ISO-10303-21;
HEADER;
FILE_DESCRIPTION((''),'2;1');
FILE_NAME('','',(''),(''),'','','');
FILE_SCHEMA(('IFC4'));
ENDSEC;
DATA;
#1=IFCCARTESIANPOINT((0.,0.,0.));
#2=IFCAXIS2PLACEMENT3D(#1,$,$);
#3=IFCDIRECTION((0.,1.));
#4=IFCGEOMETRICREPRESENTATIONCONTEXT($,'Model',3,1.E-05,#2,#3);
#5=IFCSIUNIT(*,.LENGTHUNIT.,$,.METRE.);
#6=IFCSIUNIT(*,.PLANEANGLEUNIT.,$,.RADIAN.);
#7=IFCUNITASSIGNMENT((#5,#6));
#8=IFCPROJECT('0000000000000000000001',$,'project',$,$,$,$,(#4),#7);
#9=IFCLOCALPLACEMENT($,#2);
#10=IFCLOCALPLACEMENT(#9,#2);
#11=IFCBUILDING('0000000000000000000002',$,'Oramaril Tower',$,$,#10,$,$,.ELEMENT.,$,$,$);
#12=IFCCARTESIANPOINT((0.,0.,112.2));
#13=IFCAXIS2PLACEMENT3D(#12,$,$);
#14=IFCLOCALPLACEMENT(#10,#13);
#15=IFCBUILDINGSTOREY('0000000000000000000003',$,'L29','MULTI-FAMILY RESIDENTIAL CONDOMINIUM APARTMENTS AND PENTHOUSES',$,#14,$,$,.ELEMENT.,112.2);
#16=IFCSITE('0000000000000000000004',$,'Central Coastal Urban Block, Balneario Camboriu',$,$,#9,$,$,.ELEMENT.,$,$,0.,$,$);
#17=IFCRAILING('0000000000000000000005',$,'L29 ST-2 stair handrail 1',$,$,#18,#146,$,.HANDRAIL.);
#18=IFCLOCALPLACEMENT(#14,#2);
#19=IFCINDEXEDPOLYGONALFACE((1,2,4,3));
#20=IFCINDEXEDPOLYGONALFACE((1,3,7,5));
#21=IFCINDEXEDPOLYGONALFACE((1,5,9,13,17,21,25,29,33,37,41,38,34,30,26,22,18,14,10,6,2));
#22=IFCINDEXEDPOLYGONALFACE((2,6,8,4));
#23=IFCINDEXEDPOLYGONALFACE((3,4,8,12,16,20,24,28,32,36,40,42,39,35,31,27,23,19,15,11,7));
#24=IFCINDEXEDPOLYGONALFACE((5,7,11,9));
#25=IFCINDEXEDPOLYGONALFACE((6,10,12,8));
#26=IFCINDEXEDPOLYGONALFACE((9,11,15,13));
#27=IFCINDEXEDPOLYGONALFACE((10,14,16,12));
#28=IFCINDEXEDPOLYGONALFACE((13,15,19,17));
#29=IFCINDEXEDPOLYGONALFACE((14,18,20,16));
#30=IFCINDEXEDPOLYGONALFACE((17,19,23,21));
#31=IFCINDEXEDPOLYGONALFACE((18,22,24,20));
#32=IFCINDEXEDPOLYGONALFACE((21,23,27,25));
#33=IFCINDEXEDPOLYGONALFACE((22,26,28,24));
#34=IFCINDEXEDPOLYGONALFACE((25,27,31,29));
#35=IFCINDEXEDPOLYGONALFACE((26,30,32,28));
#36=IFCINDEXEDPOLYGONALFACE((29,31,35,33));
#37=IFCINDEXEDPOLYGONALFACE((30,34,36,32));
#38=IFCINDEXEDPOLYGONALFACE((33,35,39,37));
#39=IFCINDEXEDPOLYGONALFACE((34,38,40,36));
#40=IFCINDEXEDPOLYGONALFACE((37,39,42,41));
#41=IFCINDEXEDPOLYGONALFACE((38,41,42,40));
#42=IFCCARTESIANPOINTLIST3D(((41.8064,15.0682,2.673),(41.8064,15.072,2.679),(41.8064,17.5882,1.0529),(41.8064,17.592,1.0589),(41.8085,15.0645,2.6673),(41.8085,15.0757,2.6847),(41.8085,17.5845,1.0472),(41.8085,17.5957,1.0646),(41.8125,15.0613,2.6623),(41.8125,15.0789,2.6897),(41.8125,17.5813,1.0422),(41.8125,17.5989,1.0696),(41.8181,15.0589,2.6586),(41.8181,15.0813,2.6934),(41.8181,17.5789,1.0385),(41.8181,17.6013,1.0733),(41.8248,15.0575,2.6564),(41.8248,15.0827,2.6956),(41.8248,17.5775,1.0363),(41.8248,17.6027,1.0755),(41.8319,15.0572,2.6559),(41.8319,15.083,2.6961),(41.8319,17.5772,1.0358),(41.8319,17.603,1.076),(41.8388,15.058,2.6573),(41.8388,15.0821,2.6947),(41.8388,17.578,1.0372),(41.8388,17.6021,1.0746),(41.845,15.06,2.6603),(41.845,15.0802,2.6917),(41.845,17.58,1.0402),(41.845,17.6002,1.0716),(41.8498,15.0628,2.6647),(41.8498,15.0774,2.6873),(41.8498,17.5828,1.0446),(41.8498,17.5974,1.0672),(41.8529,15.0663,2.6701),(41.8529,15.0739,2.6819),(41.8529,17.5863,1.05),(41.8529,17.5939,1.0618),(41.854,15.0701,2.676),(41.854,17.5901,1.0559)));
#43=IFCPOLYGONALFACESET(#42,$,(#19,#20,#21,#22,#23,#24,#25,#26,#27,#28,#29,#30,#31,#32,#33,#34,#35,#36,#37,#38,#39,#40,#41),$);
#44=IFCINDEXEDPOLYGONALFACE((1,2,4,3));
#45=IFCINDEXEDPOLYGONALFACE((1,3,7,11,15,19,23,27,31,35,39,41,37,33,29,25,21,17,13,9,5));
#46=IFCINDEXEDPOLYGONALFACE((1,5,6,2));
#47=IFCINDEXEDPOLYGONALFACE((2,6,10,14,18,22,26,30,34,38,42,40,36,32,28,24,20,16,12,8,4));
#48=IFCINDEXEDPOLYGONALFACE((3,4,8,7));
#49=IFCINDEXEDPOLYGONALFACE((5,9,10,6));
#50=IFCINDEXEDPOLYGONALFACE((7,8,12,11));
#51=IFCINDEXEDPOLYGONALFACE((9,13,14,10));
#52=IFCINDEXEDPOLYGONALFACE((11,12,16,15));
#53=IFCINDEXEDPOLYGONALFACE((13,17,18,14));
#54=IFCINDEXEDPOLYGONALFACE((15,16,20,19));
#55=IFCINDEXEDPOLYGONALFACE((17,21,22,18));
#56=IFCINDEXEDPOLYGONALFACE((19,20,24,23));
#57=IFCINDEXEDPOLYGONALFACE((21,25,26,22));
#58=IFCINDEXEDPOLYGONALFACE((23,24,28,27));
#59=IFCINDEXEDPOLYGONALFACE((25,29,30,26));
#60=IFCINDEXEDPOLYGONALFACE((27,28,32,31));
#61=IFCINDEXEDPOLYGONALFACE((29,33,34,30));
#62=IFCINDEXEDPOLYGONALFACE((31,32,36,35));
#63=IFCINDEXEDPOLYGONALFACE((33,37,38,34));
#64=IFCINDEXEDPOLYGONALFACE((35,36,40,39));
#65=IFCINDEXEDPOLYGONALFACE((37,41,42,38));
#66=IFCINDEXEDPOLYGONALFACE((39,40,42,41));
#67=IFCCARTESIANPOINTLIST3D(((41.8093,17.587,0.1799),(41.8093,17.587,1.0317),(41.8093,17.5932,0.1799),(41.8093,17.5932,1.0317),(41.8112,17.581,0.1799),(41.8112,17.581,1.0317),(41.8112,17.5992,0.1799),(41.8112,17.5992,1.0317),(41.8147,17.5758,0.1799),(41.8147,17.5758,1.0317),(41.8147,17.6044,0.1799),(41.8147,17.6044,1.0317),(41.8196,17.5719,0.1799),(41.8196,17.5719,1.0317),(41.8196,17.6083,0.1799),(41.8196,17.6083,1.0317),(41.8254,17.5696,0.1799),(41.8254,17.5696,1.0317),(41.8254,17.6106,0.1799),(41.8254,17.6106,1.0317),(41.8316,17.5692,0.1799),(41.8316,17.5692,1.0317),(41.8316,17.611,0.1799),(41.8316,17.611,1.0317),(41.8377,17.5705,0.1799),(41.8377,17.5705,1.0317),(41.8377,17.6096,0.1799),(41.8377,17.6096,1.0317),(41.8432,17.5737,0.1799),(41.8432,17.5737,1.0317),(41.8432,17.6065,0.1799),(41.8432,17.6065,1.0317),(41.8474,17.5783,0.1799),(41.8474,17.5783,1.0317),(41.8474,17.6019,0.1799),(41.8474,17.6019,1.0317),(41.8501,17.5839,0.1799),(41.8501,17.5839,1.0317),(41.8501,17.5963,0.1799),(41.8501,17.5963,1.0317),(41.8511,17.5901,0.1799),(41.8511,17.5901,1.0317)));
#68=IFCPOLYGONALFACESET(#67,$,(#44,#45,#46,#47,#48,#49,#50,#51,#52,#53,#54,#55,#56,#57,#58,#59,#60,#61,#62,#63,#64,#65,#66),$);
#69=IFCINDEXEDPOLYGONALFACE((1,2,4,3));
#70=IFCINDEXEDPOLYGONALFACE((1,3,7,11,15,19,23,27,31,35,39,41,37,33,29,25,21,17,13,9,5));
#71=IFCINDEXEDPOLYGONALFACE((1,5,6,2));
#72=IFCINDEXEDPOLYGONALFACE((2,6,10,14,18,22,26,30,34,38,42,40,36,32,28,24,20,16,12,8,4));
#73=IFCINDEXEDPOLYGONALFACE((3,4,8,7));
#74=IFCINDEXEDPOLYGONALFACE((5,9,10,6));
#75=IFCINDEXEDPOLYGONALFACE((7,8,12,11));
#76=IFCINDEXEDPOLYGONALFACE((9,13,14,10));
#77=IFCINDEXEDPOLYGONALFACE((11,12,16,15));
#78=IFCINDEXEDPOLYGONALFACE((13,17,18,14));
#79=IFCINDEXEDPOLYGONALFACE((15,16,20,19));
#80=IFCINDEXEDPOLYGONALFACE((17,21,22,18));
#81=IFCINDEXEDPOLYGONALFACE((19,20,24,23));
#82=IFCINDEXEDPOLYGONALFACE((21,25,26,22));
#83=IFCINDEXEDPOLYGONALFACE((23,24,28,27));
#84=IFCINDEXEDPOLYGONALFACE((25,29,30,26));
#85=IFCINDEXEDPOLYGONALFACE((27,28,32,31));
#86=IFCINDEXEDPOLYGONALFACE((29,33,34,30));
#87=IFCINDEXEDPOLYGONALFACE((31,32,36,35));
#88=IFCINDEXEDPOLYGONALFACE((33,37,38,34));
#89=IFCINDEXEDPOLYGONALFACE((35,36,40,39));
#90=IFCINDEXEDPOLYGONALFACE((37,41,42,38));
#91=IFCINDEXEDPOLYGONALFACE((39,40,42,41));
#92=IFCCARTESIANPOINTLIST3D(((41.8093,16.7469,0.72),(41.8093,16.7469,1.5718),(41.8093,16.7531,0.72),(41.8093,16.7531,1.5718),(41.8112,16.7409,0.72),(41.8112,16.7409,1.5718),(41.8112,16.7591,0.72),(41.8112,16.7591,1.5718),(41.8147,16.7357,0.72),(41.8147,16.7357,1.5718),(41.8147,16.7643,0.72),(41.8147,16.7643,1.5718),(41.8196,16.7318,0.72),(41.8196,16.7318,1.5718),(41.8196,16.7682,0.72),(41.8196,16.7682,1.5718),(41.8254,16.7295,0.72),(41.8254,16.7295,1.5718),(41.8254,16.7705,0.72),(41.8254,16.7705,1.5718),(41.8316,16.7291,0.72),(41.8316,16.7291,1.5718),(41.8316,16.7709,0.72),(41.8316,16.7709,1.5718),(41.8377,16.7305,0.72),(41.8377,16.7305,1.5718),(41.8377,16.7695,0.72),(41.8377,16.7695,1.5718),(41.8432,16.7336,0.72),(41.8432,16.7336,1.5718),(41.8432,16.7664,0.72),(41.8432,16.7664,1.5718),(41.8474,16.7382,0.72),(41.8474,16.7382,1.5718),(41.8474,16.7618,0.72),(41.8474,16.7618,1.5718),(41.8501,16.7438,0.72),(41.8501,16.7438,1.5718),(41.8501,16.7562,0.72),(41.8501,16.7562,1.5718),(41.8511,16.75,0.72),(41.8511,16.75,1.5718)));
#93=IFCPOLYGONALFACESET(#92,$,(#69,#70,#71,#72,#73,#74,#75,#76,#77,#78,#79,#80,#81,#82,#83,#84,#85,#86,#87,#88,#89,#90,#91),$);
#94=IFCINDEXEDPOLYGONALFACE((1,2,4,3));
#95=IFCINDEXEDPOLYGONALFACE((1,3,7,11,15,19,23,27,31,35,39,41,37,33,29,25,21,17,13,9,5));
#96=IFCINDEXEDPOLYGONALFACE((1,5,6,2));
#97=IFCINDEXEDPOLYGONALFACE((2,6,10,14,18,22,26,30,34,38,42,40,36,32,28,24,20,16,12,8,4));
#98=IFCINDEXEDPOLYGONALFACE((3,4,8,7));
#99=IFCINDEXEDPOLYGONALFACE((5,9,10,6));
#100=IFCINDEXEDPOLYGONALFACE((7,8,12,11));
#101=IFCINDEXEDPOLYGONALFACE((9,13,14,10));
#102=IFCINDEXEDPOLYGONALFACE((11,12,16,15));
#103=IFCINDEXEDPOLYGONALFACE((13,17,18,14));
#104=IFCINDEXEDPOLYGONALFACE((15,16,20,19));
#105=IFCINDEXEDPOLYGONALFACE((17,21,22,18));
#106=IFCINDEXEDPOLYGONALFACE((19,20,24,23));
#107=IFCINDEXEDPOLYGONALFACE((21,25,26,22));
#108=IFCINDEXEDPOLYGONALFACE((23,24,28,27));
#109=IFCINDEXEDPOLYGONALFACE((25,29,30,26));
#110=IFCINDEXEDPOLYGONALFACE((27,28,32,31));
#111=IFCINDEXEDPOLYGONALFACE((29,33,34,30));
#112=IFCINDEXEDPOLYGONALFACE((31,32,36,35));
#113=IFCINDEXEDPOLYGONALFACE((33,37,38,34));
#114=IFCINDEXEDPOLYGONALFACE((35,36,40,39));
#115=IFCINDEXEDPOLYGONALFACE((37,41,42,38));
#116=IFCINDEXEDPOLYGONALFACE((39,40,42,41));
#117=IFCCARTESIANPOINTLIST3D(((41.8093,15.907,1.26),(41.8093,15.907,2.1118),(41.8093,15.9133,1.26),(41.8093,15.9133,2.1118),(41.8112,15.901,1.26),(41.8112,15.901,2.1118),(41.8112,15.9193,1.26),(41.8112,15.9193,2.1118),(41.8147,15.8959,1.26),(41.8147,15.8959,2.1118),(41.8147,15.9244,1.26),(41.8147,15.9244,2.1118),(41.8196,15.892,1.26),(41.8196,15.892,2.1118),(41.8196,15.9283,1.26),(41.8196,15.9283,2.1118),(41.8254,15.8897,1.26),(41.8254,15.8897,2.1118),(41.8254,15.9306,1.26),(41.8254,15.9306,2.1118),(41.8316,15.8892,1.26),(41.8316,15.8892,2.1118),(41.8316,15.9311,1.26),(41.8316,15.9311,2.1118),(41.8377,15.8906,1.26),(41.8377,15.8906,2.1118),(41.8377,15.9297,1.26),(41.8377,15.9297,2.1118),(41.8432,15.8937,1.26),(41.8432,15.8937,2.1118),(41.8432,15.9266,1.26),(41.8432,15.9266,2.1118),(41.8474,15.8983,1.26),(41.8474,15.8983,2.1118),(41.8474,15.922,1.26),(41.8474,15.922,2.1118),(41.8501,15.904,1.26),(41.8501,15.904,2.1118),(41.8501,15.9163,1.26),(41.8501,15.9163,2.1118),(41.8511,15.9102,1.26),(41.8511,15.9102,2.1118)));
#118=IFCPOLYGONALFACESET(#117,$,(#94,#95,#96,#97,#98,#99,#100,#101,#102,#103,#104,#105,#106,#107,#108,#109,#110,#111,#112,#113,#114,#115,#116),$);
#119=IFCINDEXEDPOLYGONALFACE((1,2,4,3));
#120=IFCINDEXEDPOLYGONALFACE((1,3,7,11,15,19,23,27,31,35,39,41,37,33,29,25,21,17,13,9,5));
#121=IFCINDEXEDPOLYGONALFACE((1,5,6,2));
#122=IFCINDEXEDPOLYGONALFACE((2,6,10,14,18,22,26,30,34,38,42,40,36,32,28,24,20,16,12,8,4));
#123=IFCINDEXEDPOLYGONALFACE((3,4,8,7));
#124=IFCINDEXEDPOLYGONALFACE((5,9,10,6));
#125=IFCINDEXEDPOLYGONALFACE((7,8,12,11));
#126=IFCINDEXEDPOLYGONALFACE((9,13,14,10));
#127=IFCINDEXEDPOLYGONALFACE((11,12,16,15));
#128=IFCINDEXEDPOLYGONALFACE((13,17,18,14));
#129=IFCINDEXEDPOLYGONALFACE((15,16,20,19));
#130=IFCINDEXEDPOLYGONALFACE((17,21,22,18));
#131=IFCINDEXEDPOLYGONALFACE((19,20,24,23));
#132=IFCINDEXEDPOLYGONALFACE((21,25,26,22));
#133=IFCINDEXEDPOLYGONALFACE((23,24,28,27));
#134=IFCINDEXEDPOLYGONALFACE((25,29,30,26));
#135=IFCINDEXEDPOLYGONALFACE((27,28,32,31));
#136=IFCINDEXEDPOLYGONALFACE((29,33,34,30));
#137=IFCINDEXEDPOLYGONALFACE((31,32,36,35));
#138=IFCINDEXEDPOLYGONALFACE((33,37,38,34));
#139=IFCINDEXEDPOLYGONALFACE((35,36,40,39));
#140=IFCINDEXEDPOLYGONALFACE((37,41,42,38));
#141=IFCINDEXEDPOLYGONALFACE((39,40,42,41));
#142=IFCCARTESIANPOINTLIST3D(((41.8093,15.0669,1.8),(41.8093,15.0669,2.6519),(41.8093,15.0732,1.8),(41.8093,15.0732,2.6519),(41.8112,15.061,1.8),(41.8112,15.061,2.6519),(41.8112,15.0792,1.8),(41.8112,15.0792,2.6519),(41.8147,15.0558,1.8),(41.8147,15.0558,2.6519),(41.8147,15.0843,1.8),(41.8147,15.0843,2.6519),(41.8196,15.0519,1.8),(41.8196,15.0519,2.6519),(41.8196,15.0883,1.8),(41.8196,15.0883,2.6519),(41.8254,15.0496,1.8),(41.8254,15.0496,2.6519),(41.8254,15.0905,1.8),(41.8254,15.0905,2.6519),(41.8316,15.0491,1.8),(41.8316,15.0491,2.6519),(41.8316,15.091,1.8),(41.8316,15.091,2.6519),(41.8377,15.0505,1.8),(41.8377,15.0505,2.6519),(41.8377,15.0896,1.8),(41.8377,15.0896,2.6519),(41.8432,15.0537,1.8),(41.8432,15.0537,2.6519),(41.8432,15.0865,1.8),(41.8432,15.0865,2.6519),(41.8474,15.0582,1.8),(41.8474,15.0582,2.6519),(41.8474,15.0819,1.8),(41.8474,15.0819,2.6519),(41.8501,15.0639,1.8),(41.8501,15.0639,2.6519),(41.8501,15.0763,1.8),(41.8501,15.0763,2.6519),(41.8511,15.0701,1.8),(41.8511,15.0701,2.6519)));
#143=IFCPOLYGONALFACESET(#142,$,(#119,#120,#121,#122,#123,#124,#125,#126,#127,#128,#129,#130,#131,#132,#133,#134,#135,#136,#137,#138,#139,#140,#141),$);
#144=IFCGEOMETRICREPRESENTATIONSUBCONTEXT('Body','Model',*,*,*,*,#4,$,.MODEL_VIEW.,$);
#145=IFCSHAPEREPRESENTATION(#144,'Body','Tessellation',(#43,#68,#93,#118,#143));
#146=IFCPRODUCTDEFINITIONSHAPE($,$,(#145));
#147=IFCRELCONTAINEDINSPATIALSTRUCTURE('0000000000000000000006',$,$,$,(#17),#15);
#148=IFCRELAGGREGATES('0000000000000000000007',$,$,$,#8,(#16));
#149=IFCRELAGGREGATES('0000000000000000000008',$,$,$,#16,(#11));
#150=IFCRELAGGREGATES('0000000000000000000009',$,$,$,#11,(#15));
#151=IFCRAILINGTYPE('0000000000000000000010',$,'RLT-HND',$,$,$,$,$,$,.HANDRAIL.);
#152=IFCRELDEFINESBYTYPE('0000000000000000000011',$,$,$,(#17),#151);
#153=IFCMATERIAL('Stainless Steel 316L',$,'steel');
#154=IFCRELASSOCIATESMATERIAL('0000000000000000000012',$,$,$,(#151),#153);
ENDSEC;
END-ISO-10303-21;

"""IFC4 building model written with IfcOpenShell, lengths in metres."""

from ifc_helpers import new_model, si_unit, direction, frame, origin, origin_2d, place, context, subcontext, project, spatial, circle, extrude, material, type_object, element, save


model = new_model("IFC4")

# Units and contexts
model_context = context("Model", 3, precision=1e-05, world=origin(), true_north=direction((0.0, 1.0)))
body_context = subcontext(model_context, "Body", "Model", "MODEL_VIEW")
ifc_project = project(units=[si_unit("LENGTHUNIT", "METRE"), si_unit("PLANEANGLEUNIT", "RADIAN")], contexts=[model_context])

# Site, building, storey
site_placement = place(None, origin())
site = spatial("IfcSite", under=ifc_project, at=site_placement, Name="Central Coastal Urban Block, Balneario Camboriu", CompositionType="ELEMENT", RefElevation=0.0)
building_placement = place(site_placement, origin())
building = spatial("IfcBuilding", under=site, at=building_placement, Name="Oramaril Tower", CompositionType="ELEMENT")
storey_placement = place(building_placement, frame((0.0, 0.0, 112.2)))
storey = spatial("IfcBuildingStorey", under=building, at=storey_placement, Name="L29", Description="MULTI-FAMILY RESIDENTIAL CONDOMINIUM APARTMENTS AND PENTHOUSES", CompositionType="ELEMENT", Elevation=112.2)

# Railing
ifc_material_1 = material(Name="Stainless Steel 316L", Category="steel")
railing_type_1 = type_object("IfcRailingType", Name="RLT-HND", PredefinedType="HANDRAIL", material=ifc_material_1)
railing_1_placement = place(storey_placement, frame((41.8301, 17.5901, 0.1799)))
element("IfcRailing", 1, at=railing_1_placement, inside=storey, type_object=railing_type_1, Name="L29 ST-2 stair handrail 1", PredefinedType="HANDRAIL", context=body_context, shape_type="SweptSolid", body=[
    extrude(circle(Radius=0.0239, at=origin_2d()), frame((0.0, 0.0, 0.876), z_axis=(0.0, -0.841163, 0.540782), x_axis=(1.0, 0.0, 0.0)), (0.0, 0.0, 1.0), 2.9958),
    extrude(circle(Radius=0.021, at=origin_2d()), origin(), (0.0, 0.0, 1.0), 0.8518),
    extrude(circle(Radius=0.021, at=origin_2d()), frame((0.0, -0.8401, 0.54)), (0.0, 0.0, 1.0), 0.8518),
    extrude(circle(Radius=0.021, at=origin_2d()), frame((0.0, -1.6799, 1.0801)), (0.0, 0.0, 1.0), 0.8518),
    extrude(circle(Radius=0.021, at=origin_2d()), frame((0.0, -2.52, 1.6201)), (0.0, 0.0, 1.0), 0.8518),
])

save(model, "model.ifc")
